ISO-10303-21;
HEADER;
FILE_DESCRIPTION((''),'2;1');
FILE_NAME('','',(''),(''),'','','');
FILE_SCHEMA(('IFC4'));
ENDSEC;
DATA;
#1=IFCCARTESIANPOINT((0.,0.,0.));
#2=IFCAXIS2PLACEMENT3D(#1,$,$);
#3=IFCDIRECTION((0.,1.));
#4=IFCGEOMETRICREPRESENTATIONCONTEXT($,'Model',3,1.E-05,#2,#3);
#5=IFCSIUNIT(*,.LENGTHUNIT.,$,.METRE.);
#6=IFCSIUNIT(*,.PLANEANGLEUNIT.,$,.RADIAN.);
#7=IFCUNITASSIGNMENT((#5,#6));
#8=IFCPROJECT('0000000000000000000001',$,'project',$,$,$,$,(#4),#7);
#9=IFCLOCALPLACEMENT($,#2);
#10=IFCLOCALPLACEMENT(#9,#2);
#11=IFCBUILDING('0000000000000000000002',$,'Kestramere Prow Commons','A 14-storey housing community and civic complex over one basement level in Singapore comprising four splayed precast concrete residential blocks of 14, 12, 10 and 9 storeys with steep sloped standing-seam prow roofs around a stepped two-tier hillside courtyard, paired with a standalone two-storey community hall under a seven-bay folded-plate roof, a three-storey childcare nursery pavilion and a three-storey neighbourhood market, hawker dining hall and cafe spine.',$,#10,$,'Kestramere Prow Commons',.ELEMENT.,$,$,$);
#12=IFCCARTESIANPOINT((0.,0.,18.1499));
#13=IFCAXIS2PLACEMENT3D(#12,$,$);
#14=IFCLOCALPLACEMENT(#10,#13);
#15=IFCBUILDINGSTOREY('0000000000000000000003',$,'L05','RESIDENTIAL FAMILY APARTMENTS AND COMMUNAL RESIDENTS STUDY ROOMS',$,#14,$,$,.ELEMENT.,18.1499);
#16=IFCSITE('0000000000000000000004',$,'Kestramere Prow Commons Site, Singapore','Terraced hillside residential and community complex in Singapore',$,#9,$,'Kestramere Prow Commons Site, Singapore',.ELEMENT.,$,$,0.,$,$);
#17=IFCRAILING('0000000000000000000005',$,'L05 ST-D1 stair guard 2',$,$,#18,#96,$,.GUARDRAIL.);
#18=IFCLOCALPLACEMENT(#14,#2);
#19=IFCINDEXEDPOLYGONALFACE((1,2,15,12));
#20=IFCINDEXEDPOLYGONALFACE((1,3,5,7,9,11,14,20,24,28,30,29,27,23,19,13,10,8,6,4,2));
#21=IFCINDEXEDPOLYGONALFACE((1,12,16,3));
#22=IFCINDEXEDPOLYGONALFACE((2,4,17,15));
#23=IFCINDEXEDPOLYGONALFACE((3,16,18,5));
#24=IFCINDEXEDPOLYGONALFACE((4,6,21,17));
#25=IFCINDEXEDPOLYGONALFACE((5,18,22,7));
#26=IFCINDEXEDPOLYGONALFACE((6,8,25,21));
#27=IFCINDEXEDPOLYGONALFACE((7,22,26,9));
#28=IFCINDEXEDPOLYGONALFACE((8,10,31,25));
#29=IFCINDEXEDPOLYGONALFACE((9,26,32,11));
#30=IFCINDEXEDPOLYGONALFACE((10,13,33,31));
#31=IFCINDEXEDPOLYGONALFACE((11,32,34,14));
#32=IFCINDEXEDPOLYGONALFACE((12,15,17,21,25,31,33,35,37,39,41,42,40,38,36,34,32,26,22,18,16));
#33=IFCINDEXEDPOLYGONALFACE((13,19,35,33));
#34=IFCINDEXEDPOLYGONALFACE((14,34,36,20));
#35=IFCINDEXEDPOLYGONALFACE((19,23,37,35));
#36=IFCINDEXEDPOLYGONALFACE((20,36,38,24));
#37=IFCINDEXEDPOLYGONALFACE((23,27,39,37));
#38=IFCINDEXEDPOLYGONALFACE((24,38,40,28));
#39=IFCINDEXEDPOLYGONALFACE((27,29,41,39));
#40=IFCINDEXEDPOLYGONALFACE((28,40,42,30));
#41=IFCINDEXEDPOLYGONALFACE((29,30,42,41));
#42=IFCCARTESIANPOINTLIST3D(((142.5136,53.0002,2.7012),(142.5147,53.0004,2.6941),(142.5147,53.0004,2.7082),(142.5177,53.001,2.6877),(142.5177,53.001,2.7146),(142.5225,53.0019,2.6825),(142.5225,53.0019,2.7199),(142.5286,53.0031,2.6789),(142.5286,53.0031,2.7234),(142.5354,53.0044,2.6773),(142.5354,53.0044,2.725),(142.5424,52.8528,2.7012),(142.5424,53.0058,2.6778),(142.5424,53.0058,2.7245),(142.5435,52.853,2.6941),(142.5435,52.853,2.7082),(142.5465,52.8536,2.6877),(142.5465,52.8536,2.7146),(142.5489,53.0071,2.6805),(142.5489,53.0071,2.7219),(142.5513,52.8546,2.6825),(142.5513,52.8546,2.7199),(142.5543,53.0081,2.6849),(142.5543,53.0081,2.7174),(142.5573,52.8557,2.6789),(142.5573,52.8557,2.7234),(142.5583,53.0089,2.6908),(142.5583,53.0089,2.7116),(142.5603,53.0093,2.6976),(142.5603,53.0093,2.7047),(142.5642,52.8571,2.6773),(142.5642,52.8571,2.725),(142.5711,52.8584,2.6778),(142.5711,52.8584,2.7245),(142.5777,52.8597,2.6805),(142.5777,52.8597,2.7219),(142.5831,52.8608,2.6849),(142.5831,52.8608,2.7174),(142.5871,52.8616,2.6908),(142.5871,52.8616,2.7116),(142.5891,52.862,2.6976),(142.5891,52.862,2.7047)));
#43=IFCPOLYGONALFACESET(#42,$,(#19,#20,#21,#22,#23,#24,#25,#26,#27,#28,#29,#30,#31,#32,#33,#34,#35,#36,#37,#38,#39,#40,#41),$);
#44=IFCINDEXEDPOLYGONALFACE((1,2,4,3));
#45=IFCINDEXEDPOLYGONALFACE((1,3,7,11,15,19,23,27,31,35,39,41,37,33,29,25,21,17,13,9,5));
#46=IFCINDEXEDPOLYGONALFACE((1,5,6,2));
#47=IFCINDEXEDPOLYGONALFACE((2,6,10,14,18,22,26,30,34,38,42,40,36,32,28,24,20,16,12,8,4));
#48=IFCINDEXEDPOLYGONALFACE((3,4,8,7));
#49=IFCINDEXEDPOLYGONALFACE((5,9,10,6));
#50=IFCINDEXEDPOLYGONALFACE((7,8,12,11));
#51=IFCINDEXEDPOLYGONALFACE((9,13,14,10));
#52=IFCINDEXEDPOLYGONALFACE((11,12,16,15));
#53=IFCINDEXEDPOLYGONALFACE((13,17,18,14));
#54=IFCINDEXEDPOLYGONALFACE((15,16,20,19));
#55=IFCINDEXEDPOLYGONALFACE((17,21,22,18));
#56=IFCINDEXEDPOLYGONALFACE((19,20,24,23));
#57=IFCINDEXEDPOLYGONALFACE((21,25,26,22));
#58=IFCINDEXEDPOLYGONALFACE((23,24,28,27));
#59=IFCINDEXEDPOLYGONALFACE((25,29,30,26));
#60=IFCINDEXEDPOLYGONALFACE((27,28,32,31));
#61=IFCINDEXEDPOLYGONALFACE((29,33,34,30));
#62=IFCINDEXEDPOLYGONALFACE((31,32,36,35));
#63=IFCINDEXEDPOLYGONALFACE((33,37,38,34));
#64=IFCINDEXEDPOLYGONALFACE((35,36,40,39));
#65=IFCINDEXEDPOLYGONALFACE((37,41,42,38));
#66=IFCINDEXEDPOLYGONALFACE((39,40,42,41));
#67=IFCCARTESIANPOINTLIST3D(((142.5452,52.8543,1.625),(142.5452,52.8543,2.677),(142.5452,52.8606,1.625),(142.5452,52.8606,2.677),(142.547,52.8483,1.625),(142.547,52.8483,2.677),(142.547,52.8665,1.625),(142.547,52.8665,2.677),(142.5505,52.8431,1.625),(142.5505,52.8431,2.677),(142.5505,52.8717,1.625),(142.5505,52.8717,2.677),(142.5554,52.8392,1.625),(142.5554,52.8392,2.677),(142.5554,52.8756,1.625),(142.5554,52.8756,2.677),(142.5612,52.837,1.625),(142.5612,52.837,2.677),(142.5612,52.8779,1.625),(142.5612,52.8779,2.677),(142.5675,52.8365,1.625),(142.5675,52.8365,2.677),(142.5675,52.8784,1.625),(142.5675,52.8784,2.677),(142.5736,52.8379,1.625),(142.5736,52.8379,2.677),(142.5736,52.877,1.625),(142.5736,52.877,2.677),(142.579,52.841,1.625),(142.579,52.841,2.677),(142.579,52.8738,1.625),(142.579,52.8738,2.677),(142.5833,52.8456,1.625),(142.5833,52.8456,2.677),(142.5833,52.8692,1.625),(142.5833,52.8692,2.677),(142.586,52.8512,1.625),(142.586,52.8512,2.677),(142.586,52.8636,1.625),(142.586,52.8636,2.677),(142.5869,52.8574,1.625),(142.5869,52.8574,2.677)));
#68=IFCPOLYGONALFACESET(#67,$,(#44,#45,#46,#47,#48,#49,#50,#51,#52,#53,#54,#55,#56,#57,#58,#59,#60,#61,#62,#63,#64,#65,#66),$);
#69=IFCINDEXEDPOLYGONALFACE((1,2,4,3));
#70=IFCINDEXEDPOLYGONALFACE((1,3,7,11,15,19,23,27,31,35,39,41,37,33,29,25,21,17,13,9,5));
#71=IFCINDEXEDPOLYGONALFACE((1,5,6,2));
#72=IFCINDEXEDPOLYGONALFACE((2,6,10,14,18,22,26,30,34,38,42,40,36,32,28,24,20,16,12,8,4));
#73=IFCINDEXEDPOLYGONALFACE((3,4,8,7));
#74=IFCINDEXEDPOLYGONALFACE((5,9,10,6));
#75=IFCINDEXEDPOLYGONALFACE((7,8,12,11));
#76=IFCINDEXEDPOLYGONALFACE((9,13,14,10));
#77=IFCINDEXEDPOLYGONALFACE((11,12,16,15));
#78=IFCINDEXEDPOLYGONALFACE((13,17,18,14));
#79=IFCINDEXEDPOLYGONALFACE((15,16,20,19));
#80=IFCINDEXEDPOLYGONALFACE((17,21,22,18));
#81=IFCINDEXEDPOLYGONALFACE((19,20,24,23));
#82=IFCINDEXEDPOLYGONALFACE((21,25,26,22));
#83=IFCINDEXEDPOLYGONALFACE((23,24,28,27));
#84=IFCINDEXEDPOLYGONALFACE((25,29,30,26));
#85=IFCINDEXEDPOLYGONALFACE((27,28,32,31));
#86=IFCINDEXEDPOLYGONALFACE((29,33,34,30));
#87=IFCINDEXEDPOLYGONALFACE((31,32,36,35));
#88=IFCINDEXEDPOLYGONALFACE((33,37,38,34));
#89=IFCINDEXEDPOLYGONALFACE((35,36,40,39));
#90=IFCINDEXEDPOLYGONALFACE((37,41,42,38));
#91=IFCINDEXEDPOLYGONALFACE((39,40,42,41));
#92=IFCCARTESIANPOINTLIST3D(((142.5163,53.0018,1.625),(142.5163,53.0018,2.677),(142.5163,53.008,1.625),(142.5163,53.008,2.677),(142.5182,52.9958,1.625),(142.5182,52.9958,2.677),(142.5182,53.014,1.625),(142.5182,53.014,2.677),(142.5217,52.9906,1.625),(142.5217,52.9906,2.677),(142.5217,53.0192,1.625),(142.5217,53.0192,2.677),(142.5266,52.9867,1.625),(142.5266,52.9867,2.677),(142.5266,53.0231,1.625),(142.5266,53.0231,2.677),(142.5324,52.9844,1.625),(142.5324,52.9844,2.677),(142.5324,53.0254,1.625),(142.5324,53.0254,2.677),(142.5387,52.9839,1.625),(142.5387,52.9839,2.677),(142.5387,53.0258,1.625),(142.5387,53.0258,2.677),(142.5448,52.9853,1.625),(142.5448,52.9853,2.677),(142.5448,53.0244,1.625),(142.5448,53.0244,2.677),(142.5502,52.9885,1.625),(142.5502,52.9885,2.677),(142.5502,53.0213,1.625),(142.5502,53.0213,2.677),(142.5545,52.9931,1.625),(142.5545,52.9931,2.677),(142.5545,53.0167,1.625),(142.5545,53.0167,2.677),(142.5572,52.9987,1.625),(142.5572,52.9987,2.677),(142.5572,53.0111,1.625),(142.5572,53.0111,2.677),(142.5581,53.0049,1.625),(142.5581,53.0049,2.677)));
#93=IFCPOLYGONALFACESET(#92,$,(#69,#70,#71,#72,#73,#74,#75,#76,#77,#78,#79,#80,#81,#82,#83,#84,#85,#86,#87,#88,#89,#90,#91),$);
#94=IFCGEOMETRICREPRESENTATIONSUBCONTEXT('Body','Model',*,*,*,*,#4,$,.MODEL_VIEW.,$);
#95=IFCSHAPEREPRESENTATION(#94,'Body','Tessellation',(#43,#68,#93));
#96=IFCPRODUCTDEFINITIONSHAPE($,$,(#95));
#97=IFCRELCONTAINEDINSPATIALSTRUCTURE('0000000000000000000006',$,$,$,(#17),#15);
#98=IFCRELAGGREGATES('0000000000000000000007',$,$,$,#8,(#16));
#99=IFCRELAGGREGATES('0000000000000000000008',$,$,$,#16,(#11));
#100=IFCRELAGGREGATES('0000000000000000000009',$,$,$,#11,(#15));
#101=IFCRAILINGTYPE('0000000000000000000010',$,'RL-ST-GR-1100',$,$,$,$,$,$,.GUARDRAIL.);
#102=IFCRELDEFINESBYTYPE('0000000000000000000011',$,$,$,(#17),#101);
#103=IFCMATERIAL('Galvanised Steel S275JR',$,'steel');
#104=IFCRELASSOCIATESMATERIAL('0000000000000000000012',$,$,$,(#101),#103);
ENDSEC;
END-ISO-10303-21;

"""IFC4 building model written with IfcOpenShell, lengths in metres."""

from ifc_helpers import new_model, si_unit, direction, frame, origin, origin_2d, place, context, subcontext, project, spatial, circle, extrude, material, type_object, element, save


model = new_model("IFC4")

# Units and contexts
model_context = context("Model", 3, precision=1e-05, world=origin(), true_north=direction((0.0, 1.0)))
body_context = subcontext(model_context, "Body", "Model", "MODEL_VIEW")
ifc_project = project(units=[si_unit("LENGTHUNIT", "METRE"), si_unit("PLANEANGLEUNIT", "RADIAN")], contexts=[model_context])

# Site, building, storey
site_placement = place(None, origin())
site = spatial("IfcSite", under=ifc_project, at=site_placement, Name="Kestramere Prow Commons Site, Singapore", Description="Terraced hillside residential and community complex in Singapore", LongName="Kestramere Prow Commons Site, Singapore", CompositionType="ELEMENT", RefElevation=0.0)
building_placement = place(site_placement, origin())
building = spatial("IfcBuilding", under=site, at=building_placement, Name="Kestramere Prow Commons", Description="A 14-storey housing community and civic complex over one basement level in Singapore comprising four splayed precast concrete residential blocks of 14, 12, 10 and 9 storeys with steep sloped standing-seam prow roofs around a stepped two-tier hillside courtyard, paired with a standalone two-storey community hall under a seven-bay folded-plate roof, a three-storey childcare nursery pavilion and a three-storey neighbourhood market, hawker dining hall and cafe spine.", LongName="Kestramere Prow Commons", CompositionType="ELEMENT")
storey_placement = place(building_placement, frame((0.0, 0.0, 18.1499)))
storey = spatial("IfcBuildingStorey", under=building, at=storey_placement, Name="L05", Description="RESIDENTIAL FAMILY APARTMENTS AND COMMUNAL RESIDENTS STUDY ROOMS", CompositionType="ELEMENT", Elevation=18.1499)

# Railing
ifc_material_1 = material(Name="Galvanised Steel S275JR", Category="steel")
railing_type_1 = type_object("IfcRailingType", Name="RL-ST-GR-1100", PredefinedType="GUARDRAIL", material=ifc_material_1)
railing_1_placement = place(storey_placement, frame((142.5659, 52.8574, 1.625)))
element("IfcRailing", 1, at=railing_1_placement, inside=storey, type_object=railing_type_1, Name="L05 ST-D1 stair guard 2", PredefinedType="GUARDRAIL", context=body_context, shape_type="SweptSolid", body=[
    extrude(circle(Radius=0.0239, at=origin_2d()), frame((0.0, 0.0, 1.0762), z_axis=(-0.191739, 0.981446, 0.0), x_axis=(-0.981446, -0.191739, 0.0)), (0.0, 0.0, 1.0), 0.1501),
    extrude(circle(Radius=0.021, at=origin_2d()), origin(), (0.0, 0.0, 1.0), 1.052),
    extrude(circle(Radius=0.021, at=origin_2d()), frame((-0.0288, 0.1475, 0.0)), (0.0, 0.0, 1.0), 1.052),
])

save(model, "model.ifc")
